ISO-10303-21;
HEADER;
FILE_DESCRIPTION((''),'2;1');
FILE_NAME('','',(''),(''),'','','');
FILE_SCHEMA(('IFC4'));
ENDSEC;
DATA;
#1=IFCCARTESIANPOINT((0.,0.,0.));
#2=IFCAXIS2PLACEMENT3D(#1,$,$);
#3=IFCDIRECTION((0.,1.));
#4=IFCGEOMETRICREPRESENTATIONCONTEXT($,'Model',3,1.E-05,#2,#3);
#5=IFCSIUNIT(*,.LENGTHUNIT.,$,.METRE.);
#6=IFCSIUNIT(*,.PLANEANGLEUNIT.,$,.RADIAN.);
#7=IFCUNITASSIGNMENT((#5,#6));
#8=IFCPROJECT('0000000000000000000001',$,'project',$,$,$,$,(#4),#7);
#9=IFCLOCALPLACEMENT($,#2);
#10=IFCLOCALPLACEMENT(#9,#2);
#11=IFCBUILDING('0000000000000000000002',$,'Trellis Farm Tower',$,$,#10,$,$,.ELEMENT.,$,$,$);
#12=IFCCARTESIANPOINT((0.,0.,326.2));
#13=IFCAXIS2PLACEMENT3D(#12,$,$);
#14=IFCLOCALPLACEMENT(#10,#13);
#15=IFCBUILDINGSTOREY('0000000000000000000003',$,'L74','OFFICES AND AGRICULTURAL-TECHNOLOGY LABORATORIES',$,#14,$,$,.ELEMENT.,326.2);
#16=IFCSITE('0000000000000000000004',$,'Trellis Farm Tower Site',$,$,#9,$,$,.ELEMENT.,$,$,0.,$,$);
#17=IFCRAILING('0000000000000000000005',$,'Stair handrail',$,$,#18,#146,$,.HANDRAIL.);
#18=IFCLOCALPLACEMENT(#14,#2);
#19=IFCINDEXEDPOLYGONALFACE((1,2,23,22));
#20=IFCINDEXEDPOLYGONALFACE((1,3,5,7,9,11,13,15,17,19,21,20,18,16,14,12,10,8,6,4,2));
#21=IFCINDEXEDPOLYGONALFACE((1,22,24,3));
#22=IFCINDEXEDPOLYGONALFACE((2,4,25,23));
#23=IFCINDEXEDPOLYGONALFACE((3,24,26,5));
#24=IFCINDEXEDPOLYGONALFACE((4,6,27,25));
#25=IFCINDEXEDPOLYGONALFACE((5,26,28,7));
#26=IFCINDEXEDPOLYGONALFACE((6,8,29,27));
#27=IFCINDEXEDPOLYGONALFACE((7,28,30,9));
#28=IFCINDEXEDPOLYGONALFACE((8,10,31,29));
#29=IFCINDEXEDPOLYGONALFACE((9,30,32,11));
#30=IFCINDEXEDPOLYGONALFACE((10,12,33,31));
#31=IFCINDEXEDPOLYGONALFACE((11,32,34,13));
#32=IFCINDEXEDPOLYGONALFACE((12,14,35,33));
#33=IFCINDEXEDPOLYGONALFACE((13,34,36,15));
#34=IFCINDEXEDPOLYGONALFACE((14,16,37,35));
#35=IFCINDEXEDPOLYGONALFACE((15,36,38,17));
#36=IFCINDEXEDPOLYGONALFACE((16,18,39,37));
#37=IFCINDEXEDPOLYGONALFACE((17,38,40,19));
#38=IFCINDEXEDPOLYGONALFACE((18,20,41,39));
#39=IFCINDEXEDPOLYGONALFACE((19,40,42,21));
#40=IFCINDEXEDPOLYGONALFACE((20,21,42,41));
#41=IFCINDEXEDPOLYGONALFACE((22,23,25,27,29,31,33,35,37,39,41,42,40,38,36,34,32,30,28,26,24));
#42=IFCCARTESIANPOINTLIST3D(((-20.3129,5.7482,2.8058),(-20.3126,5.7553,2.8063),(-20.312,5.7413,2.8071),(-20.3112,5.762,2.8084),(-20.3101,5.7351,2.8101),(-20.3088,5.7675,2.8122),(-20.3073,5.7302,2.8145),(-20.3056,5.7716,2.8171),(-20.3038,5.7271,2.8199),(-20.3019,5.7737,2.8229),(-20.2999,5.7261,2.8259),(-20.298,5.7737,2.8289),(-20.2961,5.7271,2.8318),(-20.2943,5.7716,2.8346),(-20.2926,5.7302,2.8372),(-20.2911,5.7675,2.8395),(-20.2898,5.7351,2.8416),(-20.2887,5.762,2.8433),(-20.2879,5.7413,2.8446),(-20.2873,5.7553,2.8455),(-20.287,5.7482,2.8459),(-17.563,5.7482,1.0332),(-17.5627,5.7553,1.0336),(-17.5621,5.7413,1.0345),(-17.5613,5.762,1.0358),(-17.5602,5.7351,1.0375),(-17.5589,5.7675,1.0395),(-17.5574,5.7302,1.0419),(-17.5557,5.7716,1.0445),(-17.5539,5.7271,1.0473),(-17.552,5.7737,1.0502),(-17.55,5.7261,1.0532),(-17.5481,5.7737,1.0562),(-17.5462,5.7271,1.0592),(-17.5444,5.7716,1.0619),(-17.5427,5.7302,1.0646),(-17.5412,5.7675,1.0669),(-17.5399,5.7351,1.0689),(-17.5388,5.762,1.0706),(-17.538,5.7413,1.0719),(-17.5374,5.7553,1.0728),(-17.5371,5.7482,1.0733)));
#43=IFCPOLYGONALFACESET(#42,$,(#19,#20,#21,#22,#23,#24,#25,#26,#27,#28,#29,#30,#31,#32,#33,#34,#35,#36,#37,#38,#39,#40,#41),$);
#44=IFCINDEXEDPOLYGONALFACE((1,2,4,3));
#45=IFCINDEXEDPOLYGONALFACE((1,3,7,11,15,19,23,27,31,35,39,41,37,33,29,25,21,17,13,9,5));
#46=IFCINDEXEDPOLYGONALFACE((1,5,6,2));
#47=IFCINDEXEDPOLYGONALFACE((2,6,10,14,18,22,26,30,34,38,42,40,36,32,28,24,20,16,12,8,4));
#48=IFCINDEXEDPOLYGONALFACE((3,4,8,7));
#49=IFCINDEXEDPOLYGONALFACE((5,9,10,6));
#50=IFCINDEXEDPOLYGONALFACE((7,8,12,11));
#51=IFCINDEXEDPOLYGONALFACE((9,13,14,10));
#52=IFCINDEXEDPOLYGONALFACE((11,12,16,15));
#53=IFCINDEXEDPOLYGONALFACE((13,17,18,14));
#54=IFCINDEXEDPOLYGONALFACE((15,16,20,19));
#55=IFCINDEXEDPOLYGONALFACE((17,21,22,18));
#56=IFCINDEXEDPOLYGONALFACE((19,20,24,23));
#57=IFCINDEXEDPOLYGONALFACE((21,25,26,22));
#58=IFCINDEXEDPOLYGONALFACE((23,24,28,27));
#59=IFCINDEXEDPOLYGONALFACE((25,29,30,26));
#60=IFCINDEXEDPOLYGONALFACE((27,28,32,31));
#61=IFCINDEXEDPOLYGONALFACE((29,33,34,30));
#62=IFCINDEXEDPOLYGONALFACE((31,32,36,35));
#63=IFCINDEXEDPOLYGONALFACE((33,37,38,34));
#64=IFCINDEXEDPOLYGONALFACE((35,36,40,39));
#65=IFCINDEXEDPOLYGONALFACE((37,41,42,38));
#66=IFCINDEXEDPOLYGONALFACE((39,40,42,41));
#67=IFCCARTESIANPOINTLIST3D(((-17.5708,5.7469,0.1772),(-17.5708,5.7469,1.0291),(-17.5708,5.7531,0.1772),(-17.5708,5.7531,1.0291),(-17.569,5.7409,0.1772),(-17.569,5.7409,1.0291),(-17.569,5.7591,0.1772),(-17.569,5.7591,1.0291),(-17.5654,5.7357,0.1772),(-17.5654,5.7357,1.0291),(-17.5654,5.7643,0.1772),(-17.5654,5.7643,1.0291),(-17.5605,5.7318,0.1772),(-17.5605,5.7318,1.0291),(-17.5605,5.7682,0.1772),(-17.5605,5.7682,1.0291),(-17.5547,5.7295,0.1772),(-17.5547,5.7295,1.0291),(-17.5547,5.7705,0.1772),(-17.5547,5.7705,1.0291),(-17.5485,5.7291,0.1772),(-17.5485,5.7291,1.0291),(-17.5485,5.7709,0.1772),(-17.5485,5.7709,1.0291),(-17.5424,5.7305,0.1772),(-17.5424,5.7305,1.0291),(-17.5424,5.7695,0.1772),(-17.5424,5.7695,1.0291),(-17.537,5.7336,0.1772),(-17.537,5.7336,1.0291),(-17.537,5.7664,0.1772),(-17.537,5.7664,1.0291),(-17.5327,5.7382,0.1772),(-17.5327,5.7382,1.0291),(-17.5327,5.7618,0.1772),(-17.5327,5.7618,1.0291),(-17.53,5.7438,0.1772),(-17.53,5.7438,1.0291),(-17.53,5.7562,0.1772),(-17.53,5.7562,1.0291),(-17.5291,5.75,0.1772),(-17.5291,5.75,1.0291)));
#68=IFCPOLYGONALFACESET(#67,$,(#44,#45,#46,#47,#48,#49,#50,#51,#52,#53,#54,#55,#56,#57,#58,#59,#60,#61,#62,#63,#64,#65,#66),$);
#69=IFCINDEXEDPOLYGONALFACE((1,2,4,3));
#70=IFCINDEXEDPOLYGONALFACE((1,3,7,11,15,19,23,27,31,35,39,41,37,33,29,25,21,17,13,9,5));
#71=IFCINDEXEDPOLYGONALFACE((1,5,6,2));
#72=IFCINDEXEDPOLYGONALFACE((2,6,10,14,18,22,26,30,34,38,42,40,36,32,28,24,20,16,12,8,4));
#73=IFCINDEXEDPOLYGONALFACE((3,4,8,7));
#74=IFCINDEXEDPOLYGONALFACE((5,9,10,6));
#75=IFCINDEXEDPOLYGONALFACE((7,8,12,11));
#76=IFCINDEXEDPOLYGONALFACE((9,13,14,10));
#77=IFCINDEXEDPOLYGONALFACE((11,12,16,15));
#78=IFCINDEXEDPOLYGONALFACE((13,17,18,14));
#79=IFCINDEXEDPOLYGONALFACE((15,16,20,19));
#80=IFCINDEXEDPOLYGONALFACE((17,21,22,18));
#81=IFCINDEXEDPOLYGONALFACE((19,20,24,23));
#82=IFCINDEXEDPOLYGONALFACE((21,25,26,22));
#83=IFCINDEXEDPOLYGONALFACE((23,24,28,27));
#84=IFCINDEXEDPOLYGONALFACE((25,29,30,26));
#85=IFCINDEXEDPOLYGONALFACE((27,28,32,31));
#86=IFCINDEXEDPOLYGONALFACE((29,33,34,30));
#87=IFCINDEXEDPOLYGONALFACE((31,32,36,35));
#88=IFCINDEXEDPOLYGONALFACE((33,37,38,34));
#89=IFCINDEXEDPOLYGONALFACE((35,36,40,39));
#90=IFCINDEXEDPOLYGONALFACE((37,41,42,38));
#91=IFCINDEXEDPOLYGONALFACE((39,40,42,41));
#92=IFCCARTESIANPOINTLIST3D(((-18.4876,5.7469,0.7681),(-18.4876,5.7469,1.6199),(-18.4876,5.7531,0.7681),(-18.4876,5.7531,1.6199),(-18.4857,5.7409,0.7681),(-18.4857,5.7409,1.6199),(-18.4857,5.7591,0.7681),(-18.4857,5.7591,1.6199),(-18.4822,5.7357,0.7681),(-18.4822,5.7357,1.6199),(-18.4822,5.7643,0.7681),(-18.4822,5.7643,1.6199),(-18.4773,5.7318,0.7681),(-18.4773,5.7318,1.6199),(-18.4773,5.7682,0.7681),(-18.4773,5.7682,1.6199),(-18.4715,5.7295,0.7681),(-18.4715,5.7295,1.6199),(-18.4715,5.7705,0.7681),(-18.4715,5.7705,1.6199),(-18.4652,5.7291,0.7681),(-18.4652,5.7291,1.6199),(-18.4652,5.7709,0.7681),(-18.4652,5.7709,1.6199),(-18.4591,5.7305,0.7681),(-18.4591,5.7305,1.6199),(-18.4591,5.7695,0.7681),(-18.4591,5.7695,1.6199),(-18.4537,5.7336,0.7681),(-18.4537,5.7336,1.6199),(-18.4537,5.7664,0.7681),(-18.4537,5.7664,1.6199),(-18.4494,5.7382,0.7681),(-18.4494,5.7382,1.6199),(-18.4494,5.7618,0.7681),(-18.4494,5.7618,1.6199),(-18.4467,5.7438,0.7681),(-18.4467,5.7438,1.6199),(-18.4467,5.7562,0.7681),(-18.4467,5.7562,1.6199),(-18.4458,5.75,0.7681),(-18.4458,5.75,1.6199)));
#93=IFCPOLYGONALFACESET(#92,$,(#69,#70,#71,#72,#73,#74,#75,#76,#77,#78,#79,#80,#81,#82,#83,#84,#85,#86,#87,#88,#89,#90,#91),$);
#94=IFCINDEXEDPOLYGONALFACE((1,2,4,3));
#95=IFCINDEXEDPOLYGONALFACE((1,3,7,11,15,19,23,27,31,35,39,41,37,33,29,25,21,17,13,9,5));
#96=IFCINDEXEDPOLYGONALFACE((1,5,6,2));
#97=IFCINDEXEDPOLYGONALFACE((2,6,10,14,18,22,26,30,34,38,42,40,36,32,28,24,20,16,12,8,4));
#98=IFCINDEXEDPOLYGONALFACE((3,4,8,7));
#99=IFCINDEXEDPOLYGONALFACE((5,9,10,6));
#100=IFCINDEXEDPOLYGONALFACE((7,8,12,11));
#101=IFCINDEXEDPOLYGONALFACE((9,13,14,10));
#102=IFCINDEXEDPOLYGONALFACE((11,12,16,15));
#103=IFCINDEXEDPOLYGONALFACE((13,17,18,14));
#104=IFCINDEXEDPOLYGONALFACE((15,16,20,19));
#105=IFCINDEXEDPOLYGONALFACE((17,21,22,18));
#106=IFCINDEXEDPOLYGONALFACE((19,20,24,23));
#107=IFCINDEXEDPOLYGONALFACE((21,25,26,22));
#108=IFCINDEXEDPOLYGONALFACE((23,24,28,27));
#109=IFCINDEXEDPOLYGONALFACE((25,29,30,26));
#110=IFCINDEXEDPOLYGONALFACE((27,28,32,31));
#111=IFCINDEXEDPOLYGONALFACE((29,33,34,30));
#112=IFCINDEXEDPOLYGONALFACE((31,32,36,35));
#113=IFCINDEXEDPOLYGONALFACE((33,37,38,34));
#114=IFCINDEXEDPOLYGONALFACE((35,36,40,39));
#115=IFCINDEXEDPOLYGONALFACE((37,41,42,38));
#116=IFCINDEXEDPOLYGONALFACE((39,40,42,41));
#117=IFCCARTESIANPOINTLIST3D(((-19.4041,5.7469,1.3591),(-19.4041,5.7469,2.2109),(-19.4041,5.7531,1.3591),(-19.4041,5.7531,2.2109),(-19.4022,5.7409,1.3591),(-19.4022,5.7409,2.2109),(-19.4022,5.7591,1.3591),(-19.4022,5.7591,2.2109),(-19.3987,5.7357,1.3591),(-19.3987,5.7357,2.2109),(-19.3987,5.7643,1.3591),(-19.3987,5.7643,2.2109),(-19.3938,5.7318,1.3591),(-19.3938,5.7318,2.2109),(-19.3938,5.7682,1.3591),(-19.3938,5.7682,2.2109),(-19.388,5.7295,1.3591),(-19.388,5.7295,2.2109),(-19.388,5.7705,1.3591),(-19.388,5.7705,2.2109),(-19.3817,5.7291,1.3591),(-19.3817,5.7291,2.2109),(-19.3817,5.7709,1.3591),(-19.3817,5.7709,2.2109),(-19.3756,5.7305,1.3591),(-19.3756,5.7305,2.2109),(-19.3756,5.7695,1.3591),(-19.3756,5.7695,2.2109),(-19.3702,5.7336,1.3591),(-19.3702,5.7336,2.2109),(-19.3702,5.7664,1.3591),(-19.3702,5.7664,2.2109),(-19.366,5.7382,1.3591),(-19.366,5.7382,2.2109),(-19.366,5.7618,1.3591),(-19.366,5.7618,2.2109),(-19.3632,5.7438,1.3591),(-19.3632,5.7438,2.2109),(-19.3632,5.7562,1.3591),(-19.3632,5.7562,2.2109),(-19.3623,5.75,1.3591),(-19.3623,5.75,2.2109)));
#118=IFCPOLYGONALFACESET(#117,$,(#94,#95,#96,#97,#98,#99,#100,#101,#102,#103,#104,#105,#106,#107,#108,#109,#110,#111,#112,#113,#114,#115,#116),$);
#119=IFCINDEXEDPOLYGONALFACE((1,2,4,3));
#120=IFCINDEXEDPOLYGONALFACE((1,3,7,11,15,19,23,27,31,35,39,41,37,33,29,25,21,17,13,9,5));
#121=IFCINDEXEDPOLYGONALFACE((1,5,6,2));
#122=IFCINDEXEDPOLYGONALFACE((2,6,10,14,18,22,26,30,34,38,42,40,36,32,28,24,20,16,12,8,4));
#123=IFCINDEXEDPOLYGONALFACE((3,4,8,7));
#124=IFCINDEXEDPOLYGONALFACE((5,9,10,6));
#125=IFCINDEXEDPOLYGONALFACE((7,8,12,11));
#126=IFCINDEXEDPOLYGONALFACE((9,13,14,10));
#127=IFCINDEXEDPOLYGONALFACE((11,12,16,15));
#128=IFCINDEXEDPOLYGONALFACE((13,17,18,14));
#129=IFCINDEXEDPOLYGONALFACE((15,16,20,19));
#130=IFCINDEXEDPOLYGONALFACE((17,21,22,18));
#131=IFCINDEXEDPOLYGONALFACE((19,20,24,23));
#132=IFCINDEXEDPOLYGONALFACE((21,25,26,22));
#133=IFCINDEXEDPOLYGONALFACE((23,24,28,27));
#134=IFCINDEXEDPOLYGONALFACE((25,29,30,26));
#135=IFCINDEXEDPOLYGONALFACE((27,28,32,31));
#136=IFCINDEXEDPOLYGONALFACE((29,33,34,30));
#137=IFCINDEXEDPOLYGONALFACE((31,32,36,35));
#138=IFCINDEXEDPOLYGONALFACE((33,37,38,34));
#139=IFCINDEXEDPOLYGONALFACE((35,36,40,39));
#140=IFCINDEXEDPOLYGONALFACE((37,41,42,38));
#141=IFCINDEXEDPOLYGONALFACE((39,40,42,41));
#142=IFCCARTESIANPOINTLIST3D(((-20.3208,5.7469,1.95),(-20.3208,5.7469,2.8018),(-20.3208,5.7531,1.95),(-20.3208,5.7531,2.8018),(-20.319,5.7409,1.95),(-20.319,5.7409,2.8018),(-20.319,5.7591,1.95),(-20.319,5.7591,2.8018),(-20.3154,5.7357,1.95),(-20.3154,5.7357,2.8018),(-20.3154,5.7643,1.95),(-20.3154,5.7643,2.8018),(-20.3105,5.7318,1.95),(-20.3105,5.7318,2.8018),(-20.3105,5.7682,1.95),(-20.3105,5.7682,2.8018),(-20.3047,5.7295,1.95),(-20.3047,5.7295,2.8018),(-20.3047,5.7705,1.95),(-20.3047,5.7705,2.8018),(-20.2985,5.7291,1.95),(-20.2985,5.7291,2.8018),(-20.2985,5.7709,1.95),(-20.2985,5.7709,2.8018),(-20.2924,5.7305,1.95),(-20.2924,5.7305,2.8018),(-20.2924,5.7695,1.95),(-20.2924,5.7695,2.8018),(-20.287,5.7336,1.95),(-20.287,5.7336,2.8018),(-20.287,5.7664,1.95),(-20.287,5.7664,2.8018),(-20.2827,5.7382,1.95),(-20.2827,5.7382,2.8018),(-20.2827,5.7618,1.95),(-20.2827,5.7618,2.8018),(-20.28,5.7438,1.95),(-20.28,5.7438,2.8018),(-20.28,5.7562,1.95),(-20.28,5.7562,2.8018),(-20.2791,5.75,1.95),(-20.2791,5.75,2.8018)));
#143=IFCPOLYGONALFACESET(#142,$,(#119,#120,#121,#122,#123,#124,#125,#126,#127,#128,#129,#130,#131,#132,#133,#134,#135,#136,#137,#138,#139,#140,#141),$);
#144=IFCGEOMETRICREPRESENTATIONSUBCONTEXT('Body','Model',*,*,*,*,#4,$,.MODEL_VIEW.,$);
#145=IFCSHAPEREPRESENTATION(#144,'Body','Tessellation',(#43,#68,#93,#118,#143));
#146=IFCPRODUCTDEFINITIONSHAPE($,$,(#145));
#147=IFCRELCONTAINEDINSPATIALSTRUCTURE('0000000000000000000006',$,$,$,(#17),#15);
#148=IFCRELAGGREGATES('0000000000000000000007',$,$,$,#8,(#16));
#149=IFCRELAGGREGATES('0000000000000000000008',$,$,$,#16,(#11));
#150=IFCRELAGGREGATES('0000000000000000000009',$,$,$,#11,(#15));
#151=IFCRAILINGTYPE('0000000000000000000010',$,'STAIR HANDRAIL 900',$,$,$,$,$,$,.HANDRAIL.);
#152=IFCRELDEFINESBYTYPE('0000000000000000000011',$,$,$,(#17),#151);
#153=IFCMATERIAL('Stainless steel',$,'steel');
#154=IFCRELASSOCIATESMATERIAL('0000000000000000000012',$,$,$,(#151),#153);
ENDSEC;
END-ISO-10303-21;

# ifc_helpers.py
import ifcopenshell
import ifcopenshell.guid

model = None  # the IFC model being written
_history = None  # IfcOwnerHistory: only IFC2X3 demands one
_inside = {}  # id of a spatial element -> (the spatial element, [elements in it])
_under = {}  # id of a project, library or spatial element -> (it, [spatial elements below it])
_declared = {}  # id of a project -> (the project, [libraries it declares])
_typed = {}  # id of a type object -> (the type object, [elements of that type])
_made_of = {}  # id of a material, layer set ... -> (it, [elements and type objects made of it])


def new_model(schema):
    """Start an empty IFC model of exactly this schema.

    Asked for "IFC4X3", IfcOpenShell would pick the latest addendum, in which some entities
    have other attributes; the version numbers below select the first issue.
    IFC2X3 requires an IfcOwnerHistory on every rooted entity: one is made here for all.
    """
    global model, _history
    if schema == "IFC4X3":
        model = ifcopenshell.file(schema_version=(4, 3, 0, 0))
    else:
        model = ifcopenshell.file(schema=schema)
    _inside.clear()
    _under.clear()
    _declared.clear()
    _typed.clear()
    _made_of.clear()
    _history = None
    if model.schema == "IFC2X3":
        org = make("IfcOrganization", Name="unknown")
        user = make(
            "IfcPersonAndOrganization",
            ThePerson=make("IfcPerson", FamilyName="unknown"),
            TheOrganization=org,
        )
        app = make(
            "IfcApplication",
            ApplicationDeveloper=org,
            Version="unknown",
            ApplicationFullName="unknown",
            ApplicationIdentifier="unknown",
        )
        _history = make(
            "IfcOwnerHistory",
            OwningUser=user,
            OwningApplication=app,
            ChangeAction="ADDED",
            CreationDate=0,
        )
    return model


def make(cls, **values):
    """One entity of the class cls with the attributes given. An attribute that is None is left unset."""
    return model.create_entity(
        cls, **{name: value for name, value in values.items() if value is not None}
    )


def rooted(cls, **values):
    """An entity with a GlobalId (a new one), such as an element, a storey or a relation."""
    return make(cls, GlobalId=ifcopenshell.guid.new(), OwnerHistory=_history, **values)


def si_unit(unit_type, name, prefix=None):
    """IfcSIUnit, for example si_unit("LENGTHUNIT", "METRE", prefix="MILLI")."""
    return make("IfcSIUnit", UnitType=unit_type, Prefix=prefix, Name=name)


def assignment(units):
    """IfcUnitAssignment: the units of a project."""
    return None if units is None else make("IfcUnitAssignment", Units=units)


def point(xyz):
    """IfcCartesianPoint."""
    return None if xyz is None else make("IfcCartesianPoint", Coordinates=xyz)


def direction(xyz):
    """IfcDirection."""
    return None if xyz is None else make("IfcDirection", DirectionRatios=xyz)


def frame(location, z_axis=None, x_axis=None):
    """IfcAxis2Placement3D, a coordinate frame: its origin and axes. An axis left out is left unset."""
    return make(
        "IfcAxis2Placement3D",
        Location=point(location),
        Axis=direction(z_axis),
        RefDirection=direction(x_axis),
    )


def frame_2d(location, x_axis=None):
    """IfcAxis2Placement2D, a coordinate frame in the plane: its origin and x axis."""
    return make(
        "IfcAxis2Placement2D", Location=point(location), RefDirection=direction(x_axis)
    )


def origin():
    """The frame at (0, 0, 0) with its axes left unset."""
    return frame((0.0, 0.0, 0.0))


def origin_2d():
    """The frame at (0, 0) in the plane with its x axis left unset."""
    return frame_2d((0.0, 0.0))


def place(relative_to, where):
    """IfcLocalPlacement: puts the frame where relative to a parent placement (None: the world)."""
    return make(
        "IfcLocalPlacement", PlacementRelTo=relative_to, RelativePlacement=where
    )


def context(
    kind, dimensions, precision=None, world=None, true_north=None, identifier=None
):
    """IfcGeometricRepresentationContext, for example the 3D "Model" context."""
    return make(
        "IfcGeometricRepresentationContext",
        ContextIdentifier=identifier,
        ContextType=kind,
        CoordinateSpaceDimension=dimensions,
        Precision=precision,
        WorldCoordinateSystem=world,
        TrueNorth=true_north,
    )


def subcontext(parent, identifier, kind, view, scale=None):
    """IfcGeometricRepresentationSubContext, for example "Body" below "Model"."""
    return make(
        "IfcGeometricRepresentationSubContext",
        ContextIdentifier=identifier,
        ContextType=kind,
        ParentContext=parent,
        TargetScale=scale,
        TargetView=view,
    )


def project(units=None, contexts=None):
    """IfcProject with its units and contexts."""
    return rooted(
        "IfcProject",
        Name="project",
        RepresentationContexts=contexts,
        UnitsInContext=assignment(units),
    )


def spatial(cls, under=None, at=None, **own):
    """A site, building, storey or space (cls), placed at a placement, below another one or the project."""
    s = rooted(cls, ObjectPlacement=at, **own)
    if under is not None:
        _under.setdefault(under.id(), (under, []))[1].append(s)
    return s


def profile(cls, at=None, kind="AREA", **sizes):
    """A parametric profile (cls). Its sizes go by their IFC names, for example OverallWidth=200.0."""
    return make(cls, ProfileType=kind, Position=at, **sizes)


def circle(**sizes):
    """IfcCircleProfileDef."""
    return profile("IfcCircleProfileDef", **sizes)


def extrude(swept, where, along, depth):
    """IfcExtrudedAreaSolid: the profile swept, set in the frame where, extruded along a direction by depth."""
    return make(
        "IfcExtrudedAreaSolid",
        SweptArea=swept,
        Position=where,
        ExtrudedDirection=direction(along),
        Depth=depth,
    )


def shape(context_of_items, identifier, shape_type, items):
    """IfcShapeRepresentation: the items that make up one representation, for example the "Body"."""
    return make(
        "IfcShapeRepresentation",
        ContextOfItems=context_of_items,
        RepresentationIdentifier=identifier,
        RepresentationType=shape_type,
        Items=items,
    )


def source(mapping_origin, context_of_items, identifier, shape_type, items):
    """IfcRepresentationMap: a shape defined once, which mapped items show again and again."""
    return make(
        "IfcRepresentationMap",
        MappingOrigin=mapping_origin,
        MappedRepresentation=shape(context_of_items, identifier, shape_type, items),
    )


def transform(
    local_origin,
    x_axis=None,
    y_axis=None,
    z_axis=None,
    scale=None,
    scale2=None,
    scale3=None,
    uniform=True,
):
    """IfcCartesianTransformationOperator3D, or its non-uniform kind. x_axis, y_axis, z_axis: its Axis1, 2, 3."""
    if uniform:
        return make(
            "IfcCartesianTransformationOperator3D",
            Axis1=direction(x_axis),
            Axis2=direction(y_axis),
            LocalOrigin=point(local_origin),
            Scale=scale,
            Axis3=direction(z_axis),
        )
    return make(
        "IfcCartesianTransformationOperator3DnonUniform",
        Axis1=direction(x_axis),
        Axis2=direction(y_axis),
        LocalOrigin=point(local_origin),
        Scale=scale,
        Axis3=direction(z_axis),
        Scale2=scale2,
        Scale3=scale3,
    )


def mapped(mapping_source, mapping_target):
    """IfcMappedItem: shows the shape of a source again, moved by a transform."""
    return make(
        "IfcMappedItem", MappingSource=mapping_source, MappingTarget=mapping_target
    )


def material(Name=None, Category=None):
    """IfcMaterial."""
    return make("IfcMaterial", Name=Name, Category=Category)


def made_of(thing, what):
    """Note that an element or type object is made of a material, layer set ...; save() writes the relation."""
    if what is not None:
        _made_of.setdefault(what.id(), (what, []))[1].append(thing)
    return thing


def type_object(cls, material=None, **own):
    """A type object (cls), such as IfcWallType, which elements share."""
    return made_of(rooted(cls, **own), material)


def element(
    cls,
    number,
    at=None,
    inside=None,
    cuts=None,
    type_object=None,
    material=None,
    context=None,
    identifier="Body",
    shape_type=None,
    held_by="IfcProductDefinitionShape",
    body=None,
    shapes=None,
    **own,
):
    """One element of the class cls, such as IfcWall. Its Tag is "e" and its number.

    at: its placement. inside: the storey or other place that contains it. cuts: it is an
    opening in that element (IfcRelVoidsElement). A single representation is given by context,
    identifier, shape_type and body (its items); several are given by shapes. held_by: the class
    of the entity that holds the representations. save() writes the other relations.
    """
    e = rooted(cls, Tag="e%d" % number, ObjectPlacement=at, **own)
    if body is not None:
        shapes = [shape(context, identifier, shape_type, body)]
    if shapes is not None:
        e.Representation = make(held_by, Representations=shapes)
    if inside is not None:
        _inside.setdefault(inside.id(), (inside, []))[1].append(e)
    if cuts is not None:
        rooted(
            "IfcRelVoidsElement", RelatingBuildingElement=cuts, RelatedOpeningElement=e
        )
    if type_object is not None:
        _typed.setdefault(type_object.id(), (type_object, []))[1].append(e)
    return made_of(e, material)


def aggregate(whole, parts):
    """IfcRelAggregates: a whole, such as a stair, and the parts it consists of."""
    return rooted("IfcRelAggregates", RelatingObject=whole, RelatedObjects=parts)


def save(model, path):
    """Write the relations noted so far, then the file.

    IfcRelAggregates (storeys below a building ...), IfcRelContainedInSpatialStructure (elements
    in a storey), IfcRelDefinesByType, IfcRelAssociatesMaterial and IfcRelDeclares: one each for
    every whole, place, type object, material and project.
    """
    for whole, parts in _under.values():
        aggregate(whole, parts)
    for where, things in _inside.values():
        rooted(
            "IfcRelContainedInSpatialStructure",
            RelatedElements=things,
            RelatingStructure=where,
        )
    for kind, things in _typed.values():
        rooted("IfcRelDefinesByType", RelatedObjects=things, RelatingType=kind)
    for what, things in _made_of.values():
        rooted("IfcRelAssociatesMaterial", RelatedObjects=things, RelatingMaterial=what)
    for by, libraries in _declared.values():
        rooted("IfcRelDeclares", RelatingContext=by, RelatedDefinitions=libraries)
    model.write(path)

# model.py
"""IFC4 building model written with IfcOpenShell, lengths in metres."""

from ifc_helpers import new_model, si_unit, direction, frame, origin, origin_2d, place, context, subcontext, project, spatial, circle, extrude, source, transform, mapped, material, type_object, element, save


model = new_model("IFC4")

# Units and contexts
model_context = context("Model", 3, precision=1e-05, world=origin(), true_north=direction((0.0, 1.0)))
body_context = subcontext(model_context, "Body", "Model", "MODEL_VIEW")
ifc_project = project(units=[si_unit("LENGTHUNIT", "METRE"), si_unit("PLANEANGLEUNIT", "RADIAN")], contexts=[model_context])

# Site, building, storey
site_placement = place(None, origin())
site = spatial("IfcSite", under=ifc_project, at=site_placement, Name="Trellis Farm Tower Site", CompositionType="ELEMENT", RefElevation=0.0)
building_placement = place(site_placement, origin())
building = spatial("IfcBuilding", under=site, at=building_placement, Name="Trellis Farm Tower", CompositionType="ELEMENT")
storey_placement = place(building_placement, frame((0.0, 0.0, 326.2)))
storey = spatial("IfcBuildingStorey", under=building, at=storey_placement, Name="L74", Description="OFFICES AND AGRICULTURAL-TECHNOLOGY LABORATORIES", CompositionType="ELEMENT", Elevation=326.2)

# Railing
ifc_material_1 = material(Name="Stainless steel", Category="steel")
railing_type = type_object("IfcRailingType", Name="STAIR HANDRAIL 900", PredefinedType="HANDRAIL", material=ifc_material_1)
shared_shape_1 = source(origin(), body_context, "Body", "SweptSolid", [
    extrude(circle(Radius=0.0239, at=origin_2d()), frame((0.0, 0.0, 0.876), z_axis=(-0.840504, 0.0, 0.541806), x_axis=(0.0, -1.0, 0.0)), (0.0, 0.0, 1.0), 3.2717),
    extrude(circle(Radius=0.021, at=origin_2d()), origin(), (0.0, 0.0, 1.0), 0.8518),
    extrude(circle(Radius=0.021, at=origin_2d()), frame((-0.9167, 0.0, 0.5908)), (0.0, 0.0, 1.0), 0.8518),
    extrude(circle(Radius=0.021, at=origin_2d()), frame((-1.8333, 0.0, 1.1819)), (0.0, 0.0, 1.0), 0.8518),
    extrude(circle(Radius=0.021, at=origin_2d()), frame((-2.75, 0.0, 1.7727)), (0.0, 0.0, 1.0), 0.8518),
])
for number, where, name in (
    (1, (-17.55, 5.75, 0.1772), "Stair handrail"),
):
    element("IfcRailing", number, at=place(storey_placement, frame(where)), inside=storey, type_object=railing_type, Name=name, PredefinedType="HANDRAIL", context=body_context, shape_type="MappedRepresentation", body=[
        mapped(shared_shape_1, transform((0.0, 0.0, 0.0))),
    ])

save(model, "model.ifc")
